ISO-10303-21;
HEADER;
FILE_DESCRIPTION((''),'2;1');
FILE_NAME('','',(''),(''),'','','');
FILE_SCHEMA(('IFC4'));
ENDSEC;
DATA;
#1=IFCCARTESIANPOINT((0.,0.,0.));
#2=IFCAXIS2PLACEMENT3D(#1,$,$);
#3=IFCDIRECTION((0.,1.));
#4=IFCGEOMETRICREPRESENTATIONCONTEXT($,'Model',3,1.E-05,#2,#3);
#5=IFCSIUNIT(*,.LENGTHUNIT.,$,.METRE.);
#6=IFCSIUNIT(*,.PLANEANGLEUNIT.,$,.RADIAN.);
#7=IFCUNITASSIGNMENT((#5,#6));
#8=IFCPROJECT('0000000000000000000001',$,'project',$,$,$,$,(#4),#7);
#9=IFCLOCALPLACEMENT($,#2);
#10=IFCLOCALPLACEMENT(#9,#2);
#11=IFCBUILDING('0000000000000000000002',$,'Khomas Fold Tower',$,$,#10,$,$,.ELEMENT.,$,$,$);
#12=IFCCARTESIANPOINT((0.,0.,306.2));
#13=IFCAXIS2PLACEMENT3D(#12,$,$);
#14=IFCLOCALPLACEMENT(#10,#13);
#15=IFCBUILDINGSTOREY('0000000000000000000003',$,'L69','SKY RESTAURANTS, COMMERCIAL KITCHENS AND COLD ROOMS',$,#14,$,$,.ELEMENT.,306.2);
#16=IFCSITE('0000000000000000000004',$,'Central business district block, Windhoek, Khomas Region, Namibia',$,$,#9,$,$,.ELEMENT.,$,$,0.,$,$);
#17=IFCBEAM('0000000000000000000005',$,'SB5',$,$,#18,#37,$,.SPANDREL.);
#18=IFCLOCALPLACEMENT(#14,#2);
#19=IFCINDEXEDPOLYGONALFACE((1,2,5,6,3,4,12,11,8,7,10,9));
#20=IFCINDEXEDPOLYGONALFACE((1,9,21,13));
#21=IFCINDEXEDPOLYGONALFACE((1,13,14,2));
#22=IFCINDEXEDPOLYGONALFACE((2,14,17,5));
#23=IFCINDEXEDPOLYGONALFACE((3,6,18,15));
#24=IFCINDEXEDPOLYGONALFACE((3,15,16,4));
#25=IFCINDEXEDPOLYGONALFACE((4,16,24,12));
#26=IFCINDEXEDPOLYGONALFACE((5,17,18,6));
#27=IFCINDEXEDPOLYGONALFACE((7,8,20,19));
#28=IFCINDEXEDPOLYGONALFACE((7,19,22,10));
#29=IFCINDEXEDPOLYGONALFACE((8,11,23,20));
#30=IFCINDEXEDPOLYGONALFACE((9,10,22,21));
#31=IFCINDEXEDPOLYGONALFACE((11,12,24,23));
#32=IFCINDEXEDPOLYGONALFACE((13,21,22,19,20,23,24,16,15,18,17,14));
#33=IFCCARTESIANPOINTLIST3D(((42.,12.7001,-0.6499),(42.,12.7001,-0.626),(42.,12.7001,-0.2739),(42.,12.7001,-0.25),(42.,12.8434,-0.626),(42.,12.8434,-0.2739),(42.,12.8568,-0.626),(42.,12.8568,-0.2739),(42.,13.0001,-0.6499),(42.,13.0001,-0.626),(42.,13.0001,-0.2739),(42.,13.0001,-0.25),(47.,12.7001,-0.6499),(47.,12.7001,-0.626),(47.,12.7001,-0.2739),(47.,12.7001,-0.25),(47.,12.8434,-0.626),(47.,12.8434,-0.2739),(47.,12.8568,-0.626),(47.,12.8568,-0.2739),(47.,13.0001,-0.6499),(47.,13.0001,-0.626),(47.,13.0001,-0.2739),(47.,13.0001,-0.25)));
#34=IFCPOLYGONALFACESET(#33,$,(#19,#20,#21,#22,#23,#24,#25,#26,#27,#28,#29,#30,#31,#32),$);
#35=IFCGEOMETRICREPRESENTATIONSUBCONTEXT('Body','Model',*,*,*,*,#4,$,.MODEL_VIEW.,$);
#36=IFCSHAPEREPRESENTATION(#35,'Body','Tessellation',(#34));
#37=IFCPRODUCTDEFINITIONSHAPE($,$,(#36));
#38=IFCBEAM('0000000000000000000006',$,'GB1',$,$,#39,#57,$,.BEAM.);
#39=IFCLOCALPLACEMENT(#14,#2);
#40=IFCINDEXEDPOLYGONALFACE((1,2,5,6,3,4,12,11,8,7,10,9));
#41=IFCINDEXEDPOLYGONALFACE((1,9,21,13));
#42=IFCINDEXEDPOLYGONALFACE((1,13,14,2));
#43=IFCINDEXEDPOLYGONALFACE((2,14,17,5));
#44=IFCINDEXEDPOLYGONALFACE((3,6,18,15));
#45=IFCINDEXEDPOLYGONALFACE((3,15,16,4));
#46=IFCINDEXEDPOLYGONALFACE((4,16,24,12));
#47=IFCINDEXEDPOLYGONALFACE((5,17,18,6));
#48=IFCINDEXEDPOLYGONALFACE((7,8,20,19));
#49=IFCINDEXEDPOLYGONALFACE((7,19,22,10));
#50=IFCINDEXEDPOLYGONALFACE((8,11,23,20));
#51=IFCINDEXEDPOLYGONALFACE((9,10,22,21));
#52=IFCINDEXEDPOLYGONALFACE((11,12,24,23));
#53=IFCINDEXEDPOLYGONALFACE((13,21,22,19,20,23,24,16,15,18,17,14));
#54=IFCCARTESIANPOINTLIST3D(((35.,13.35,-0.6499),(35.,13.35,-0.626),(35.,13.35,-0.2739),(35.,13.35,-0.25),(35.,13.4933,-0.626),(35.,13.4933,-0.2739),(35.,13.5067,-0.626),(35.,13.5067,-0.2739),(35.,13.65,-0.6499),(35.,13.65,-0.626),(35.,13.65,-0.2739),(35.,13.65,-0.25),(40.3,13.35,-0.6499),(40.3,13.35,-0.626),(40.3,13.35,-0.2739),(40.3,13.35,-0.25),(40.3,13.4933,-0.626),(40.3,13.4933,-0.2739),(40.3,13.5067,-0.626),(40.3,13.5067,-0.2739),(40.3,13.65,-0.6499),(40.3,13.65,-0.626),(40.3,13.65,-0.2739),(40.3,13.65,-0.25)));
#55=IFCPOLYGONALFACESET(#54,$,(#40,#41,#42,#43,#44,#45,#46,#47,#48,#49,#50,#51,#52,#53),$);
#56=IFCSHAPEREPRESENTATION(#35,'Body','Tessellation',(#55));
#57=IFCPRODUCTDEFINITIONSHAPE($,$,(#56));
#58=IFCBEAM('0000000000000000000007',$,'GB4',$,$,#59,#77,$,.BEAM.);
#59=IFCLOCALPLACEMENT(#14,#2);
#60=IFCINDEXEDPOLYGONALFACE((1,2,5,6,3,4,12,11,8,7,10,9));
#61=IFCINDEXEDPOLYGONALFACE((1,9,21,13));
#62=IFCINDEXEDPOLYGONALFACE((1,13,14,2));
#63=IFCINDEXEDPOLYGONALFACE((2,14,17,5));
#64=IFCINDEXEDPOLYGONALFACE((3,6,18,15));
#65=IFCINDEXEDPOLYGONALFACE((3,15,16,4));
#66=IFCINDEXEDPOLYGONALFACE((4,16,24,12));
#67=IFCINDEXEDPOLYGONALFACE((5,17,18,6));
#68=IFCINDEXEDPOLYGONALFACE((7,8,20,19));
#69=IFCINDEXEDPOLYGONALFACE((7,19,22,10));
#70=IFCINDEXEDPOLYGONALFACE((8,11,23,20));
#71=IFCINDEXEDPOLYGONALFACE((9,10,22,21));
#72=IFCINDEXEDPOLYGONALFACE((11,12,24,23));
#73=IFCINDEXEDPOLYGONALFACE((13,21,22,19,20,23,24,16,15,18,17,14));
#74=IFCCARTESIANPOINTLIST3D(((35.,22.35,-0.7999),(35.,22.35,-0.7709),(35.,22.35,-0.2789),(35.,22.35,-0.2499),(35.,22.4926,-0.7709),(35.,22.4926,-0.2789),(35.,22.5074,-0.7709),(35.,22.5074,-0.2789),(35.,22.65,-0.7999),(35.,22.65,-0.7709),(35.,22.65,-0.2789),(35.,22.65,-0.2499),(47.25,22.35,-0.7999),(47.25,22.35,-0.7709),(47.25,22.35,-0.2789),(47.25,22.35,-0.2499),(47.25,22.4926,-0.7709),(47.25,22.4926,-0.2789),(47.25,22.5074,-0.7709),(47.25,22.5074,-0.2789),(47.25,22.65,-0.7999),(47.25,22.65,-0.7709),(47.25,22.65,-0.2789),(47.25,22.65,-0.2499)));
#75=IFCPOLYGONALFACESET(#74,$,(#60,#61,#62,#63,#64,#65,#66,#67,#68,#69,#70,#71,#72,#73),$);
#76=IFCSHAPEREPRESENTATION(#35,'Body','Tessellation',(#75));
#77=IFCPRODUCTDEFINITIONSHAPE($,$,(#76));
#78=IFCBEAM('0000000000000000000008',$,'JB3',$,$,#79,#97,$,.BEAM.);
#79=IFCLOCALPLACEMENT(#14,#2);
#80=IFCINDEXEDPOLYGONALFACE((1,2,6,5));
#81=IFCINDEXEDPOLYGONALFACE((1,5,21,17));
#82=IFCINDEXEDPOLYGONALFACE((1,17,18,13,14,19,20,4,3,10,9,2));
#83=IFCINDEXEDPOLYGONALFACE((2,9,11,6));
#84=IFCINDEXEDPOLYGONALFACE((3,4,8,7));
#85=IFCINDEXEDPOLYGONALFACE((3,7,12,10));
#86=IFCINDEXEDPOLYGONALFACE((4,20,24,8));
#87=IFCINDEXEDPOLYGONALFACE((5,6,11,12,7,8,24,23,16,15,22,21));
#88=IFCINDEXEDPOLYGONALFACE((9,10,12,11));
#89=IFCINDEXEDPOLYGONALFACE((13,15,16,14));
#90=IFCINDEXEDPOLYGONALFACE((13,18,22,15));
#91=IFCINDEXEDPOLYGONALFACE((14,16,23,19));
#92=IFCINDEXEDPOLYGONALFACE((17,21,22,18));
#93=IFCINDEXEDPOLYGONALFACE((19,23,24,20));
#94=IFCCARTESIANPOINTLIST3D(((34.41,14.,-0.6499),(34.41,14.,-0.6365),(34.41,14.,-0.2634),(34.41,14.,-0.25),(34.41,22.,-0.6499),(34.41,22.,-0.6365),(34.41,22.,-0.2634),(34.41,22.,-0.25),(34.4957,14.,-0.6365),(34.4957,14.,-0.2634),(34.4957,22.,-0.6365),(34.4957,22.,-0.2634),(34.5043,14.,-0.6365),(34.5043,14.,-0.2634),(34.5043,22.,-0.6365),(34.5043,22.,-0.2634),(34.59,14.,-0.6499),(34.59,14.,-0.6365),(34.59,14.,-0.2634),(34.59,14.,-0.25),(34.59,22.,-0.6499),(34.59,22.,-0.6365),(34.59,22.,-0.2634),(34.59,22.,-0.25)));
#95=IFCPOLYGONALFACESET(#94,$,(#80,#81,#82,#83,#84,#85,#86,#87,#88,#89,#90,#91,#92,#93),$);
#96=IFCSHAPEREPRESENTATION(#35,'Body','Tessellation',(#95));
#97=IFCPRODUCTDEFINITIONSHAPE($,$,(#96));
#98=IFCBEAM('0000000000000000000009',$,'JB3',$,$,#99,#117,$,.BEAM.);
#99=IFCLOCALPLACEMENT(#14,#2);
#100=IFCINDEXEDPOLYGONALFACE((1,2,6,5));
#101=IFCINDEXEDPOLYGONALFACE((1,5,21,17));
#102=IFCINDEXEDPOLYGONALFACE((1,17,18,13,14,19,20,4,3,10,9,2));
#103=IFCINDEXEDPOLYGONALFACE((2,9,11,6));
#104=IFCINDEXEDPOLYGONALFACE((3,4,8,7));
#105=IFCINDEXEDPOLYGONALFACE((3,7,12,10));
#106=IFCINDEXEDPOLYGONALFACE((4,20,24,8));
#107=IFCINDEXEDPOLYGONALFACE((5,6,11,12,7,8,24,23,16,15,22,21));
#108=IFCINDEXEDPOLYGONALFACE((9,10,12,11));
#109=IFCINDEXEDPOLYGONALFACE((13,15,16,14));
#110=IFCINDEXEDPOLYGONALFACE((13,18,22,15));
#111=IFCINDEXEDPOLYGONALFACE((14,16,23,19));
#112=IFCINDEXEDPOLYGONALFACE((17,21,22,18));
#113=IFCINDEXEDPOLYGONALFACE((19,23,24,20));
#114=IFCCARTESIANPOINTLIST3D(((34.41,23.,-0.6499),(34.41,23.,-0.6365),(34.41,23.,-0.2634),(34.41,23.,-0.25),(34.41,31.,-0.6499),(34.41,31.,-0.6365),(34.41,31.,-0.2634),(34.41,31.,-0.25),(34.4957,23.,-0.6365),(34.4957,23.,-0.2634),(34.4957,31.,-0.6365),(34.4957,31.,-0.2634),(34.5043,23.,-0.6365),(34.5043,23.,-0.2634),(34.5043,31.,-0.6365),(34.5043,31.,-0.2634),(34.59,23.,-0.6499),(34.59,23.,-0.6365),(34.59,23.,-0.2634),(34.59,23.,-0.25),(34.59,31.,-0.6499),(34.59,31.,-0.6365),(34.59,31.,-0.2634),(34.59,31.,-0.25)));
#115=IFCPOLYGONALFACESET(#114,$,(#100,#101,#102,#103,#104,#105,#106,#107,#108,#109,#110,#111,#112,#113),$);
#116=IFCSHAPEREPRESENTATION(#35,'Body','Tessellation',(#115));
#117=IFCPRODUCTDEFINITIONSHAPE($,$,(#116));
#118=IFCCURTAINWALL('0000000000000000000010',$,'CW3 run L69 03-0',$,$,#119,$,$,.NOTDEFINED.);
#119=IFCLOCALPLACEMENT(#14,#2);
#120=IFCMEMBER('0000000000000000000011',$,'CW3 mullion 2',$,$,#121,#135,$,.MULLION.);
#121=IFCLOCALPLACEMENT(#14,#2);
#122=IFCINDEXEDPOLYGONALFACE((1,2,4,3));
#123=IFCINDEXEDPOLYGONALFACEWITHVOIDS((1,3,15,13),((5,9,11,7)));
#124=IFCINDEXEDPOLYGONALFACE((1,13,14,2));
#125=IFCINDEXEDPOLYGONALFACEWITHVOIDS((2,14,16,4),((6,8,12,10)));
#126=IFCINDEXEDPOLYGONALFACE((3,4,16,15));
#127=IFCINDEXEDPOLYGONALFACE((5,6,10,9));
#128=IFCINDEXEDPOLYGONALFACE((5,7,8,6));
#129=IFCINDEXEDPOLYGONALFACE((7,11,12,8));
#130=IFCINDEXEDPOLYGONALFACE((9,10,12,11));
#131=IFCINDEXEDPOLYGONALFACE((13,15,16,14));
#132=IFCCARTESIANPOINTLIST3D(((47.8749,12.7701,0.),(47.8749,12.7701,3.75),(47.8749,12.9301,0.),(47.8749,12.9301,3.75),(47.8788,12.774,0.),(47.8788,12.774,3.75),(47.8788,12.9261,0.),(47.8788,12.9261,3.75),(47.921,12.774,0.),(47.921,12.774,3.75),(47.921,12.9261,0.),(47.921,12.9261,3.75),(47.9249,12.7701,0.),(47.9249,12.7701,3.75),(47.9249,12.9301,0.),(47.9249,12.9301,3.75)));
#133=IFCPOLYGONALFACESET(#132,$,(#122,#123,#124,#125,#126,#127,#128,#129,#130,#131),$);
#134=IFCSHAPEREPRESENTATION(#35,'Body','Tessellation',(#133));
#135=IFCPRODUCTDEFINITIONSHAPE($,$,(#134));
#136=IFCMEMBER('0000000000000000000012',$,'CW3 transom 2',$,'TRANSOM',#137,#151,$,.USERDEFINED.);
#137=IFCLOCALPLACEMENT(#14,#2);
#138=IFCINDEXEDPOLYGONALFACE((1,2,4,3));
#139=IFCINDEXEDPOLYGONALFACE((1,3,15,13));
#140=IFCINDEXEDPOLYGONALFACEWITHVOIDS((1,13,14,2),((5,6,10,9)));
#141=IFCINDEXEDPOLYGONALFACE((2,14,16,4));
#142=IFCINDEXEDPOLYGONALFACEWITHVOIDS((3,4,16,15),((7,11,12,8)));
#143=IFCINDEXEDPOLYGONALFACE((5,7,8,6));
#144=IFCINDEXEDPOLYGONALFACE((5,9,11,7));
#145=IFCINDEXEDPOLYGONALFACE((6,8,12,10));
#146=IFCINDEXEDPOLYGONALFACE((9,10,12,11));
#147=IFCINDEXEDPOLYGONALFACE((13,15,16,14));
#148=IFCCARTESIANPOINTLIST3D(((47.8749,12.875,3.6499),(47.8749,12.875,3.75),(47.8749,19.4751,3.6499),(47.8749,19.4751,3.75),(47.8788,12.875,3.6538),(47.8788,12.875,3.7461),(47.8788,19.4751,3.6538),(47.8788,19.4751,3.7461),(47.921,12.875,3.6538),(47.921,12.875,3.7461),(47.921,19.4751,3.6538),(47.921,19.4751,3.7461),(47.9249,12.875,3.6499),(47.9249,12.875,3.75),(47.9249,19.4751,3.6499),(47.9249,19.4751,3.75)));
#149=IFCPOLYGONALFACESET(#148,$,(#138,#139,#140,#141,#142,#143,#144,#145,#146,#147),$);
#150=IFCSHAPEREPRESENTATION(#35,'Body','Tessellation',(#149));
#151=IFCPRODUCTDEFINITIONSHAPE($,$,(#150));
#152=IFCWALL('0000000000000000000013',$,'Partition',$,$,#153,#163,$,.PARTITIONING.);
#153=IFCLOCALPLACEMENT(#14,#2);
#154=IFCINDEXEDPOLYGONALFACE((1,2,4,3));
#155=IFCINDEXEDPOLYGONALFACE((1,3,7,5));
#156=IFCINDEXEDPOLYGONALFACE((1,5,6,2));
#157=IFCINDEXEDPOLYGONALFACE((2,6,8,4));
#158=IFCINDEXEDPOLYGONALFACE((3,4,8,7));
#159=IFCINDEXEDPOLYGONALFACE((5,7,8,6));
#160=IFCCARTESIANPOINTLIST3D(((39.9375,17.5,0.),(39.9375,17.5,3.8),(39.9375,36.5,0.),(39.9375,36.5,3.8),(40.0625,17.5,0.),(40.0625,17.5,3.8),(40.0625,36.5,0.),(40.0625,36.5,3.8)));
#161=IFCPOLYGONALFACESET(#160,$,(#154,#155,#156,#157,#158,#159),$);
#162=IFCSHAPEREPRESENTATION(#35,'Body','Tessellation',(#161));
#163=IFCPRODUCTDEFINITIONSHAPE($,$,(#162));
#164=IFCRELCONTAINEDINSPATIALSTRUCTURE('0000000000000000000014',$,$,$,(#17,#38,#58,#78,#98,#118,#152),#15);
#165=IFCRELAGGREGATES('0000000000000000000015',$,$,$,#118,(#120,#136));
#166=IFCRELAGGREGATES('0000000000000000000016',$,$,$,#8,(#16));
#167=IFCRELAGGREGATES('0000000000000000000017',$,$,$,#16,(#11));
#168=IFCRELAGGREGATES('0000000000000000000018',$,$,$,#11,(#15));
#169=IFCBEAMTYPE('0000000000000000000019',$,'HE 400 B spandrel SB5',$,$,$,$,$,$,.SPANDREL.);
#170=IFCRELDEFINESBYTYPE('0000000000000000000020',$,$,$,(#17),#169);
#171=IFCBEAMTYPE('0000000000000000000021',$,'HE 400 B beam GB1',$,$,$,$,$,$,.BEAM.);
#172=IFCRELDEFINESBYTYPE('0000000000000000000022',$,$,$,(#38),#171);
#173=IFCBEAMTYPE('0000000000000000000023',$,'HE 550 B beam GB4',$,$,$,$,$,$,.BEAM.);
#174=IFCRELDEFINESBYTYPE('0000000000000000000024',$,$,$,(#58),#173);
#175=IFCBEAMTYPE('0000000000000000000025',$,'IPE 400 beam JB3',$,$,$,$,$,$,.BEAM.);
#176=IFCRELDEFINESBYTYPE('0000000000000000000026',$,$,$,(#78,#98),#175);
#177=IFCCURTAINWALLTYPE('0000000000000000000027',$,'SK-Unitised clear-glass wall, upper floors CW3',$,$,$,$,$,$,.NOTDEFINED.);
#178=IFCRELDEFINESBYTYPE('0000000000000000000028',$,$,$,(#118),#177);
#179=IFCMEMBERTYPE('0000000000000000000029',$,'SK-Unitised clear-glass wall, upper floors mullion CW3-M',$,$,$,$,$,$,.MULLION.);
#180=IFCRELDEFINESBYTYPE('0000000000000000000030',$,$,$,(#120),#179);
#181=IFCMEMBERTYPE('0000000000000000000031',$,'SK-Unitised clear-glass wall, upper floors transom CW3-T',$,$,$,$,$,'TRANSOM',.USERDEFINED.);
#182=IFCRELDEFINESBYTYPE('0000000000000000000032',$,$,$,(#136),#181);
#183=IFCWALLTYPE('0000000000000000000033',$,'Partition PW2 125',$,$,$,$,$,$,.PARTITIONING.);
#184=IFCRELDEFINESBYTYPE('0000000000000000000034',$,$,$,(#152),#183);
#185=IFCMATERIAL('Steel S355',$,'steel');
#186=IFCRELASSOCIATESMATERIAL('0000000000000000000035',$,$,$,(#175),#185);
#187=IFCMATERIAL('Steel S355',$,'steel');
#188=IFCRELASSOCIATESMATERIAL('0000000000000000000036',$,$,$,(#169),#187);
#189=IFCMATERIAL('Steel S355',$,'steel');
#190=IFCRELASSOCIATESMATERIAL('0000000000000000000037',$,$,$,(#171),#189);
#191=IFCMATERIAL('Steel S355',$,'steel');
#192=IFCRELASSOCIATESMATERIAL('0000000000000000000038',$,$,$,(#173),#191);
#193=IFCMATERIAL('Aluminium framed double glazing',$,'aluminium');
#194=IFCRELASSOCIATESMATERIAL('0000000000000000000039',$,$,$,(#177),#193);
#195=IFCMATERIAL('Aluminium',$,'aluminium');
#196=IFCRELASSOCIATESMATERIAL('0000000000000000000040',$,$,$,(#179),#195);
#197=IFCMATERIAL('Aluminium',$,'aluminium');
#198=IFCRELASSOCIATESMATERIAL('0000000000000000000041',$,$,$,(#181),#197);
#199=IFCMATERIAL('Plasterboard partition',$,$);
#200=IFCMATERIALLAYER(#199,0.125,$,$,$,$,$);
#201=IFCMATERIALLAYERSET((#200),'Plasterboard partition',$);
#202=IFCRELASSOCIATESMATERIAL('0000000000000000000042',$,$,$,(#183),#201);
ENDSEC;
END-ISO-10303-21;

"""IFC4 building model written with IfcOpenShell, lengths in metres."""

from ifc_helpers import new_model, si_unit, direction, frame, frame_2d, origin, origin_2d, place, context, subcontext, project, spatial, rectangle, hollow_rectangle, i_section, extrude, source, transform, mapped, material, layer, layer_set, material_profile, profile_set, type_object, element, aggregate, save


model = new_model("IFC4")

# Units and contexts
model_context = context("Model", 3, precision=1e-05, world=origin(), true_north=direction((0.0, 1.0)))
body_context = subcontext(model_context, "Body", "Model", "MODEL_VIEW")
ifc_project = project(units=[si_unit("LENGTHUNIT", "METRE"), si_unit("PLANEANGLEUNIT", "RADIAN")], contexts=[model_context])

# Site, building, storey
site_placement = place(None, origin())
site = spatial("IfcSite", under=ifc_project, at=site_placement, Name="Central business district block, Windhoek, Khomas Region, Namibia", CompositionType="ELEMENT", RefElevation=0.0)
building_placement = place(site_placement, origin())
building = spatial("IfcBuilding", under=site, at=building_placement, Name="Khomas Fold Tower", CompositionType="ELEMENT")
storey_placement = place(building_placement, frame((0.0, 0.0, 306.2)))
storey = spatial("IfcBuildingStorey", under=building, at=storey_placement, Name="L69", Description="SKY RESTAURANTS, COMMERCIAL KITCHENS AND COLD ROOMS", CompositionType="ELEMENT", Elevation=306.2)

# Beams
ifc_material_1 = material(Name="Steel S355", Category="steel")
ifc_material_profile_1 = material_profile(ifc_material_1, i_section(OverallWidth=0.1799, OverallDepth=0.3999, WebThickness=0.0085, FlangeThickness=0.0134, at=origin_2d()), Name="IPE 400")
ifc_profile_set_1 = profile_set([ifc_material_profile_1], Name="Steel S355")
beam_type_1 = type_object("IfcBeamType", Name="IPE 400 beam JB3", PredefinedType="BEAM", material=ifc_profile_set_1)
ifc_material_2 = material(Name="Steel S355", Category="steel")
ifc_material_profile_2 = material_profile(ifc_material_2, i_section(OverallWidth=0.3, OverallDepth=0.3999, WebThickness=0.0134, FlangeThickness=0.0239, at=origin_2d()), Name="HE 400 B")
ifc_profile_set_2 = profile_set([ifc_material_profile_2], Name="Steel S355")
beam_type_2 = type_object("IfcBeamType", Name="HE 400 B spandrel SB5", PredefinedType="SPANDREL", material=ifc_profile_set_2)
shared_shape_1 = source(origin(), body_context, "Body", "SweptSolid", [
    extrude(i_section(OverallWidth=0.3, OverallDepth=0.3999, WebThickness=0.0134, FlangeThickness=0.0239, at=origin_2d()), origin(), (0.0, 0.0, 1.0), 5.0),
])
beam_1_placement = place(storey_placement, frame((42.0, 12.8501, -0.45), z_axis=(1.0, 0.0, 0.0), x_axis=(0.0, 1.0, 0.0)))
element("IfcBeam", 1, at=beam_1_placement, inside=storey, type_object=beam_type_2, Name="SB5", PredefinedType="SPANDREL", context=body_context, shape_type="MappedRepresentation", body=[
    mapped(shared_shape_1, transform((0.0, 0.0, 0.0))),
])
ifc_material_3 = material(Name="Steel S355", Category="steel")
ifc_material_profile_3 = material_profile(ifc_material_3, i_section(OverallWidth=0.3, OverallDepth=0.3999, WebThickness=0.0134, FlangeThickness=0.0239, at=origin_2d()), Name="HE 400 B")
ifc_profile_set_3 = profile_set([ifc_material_profile_3], Name="Steel S355")
beam_type_3 = type_object("IfcBeamType", Name="HE 400 B beam GB1", PredefinedType="BEAM", material=ifc_profile_set_3)
shared_shape_2 = source(origin(), body_context, "Body", "SweptSolid", [
    extrude(i_section(OverallWidth=0.3, OverallDepth=0.3999, WebThickness=0.0134, FlangeThickness=0.0239, at=origin_2d()), origin(), (0.0, 0.0, 1.0), 5.3),
])
beam_2_placement = place(storey_placement, frame((35.0, 13.5, -0.45), z_axis=(1.0, 0.0, 0.0), x_axis=(0.0, 1.0, 0.0)))
element("IfcBeam", 2, at=beam_2_placement, inside=storey, type_object=beam_type_3, Name="GB1", PredefinedType="BEAM", context=body_context, shape_type="MappedRepresentation", body=[
    mapped(shared_shape_2, transform((0.0, 0.0, 0.0))),
])
ifc_material_4 = material(Name="Steel S355", Category="steel")
ifc_material_profile_4 = material_profile(ifc_material_4, i_section(OverallWidth=0.3, OverallDepth=0.55, WebThickness=0.0149, FlangeThickness=0.0291, at=origin_2d()), Name="HE 550 B")
ifc_profile_set_4 = profile_set([ifc_material_profile_4], Name="Steel S355")
beam_type_4 = type_object("IfcBeamType", Name="HE 550 B beam GB4", PredefinedType="BEAM", material=ifc_profile_set_4)
shared_shape_3 = source(origin(), body_context, "Body", "SweptSolid", [
    extrude(i_section(OverallWidth=0.3, OverallDepth=0.55, WebThickness=0.0149, FlangeThickness=0.0291, at=origin_2d()), origin(), (0.0, 0.0, 1.0), 12.25),
])
beam_3_placement = place(storey_placement, frame((35.0, 22.5, -0.5249), z_axis=(1.0, 0.0, 0.0), x_axis=(0.0, 1.0, 0.0)))
element("IfcBeam", 3, at=beam_3_placement, inside=storey, type_object=beam_type_4, Name="GB4", PredefinedType="BEAM", context=body_context, shape_type="MappedRepresentation", body=[
    mapped(shared_shape_3, transform((0.0, 0.0, 0.0))),
])
shared_shape_4 = source(origin(), body_context, "Body", "SweptSolid", [
    extrude(i_section(OverallWidth=0.1799, OverallDepth=0.3999, WebThickness=0.0085, FlangeThickness=0.0134, at=origin_2d()), origin(), (0.0, 0.0, 1.0), 8.0),
])
for number, where, z_axis, x_axis, name in (
    (4, (34.5, 14.0, -0.45), (0.0, 1.0, 0.0), (-1.0, 0.0, 0.0), "JB3"),
    (5, (34.5, 23.0, -0.45), (0.0, 1.0, 0.0), (-1.0, 0.0, 0.0), "JB3"),
):
    element("IfcBeam", number, at=place(storey_placement, frame(where, z_axis=z_axis, x_axis=x_axis)), inside=storey, type_object=beam_type_1, Name=name, PredefinedType="BEAM", context=body_context, shape_type="MappedRepresentation", body=[
        mapped(shared_shape_4, transform((0.0, 0.0, 0.0))),
    ])

# Curtain wall, members
ifc_material_5 = material(Name="Aluminium framed double glazing", Category="aluminium")
curtain_wall_type = type_object("IfcCurtainWallType", Name="SK-Unitised clear-glass wall, upper floors CW3", PredefinedType="NOTDEFINED", material=ifc_material_5)
curtain_wall_placement = place(storey_placement, origin())
curtain_wall = element("IfcCurtainWall", 6, at=curtain_wall_placement, inside=storey, type_object=curtain_wall_type, Name="CW3 run L69 03-0", PredefinedType="NOTDEFINED")
ifc_material_6 = material(Name="Aluminium", Category="aluminium")
ifc_material_profile_5 = material_profile(ifc_material_6, hollow_rectangle(XDim=0.05, YDim=0.1599, WallThickness=0.0039, at=origin_2d()), Name="SK-Unitised clear-glass wall, upper floors mullion CW3-M")
ifc_profile_set_5 = profile_set([ifc_material_profile_5], Name="Aluminium")
member_type_1 = type_object("IfcMemberType", Name="SK-Unitised clear-glass wall, upper floors mullion CW3-M", PredefinedType="MULLION", material=ifc_profile_set_5)
shared_shape_5 = source(origin(), body_context, "Body", "SweptSolid", [
    extrude(hollow_rectangle(XDim=0.05, YDim=0.1599, WallThickness=0.0039, at=origin_2d()), origin(), (0.0, 0.0, 1.0), 3.75),
])
member_1_placement = place(storey_placement, frame((47.8999, 12.8501, 0.0), z_axis=(0.0, 0.0, 1.0), x_axis=(-1.0, 0.0, 0.0)))
member_1 = element("IfcMember", 7, at=member_1_placement, type_object=member_type_1, Name="CW3 mullion 2", PredefinedType="MULLION", context=body_context, shape_type="MappedRepresentation", body=[
    mapped(shared_shape_5, transform((0.0, 0.0, 0.0))),
])
ifc_material_7 = material(Name="Aluminium", Category="aluminium")
ifc_material_profile_6 = material_profile(ifc_material_7, hollow_rectangle(XDim=0.05, YDim=0.1001, WallThickness=0.0039, at=origin_2d()), Name="SK-Unitised clear-glass wall, upper floors transom CW3-T")
ifc_profile_set_6 = profile_set([ifc_material_profile_6], Name="Aluminium")
member_type_2 = type_object("IfcMemberType", Name="SK-Unitised clear-glass wall, upper floors transom CW3-T", ElementType="TRANSOM", PredefinedType="USERDEFINED", material=ifc_profile_set_6)
shared_shape_6 = source(origin(), body_context, "Body", "SweptSolid", [
    extrude(hollow_rectangle(XDim=0.05, YDim=0.1001, WallThickness=0.0039, at=origin_2d()), origin(), (0.0, 0.0, 1.0), 6.6001),
])
member_2_placement = place(storey_placement, frame((47.8999, 12.875, 3.7), z_axis=(0.0, 1.0, 0.0), x_axis=(-1.0, 0.0, 0.0)))
member_2 = element("IfcMember", 8, at=member_2_placement, type_object=member_type_2, Name="CW3 transom 2", ObjectType="TRANSOM", PredefinedType="USERDEFINED", context=body_context, shape_type="MappedRepresentation", body=[
    mapped(shared_shape_6, transform((0.0, 0.0, 0.0))),
])
aggregate(curtain_wall, [member_1, member_2])

# Wall
ifc_material_8 = material(Name="Plasterboard partition")
ifc_layer_1 = layer(ifc_material_8, 0.125)
ifc_layer_set_1 = layer_set([ifc_layer_1], Name="Plasterboard partition")
wall_type_1 = type_object("IfcWallType", Name="Partition PW2 125", PredefinedType="PARTITIONING", material=ifc_layer_set_1)
shared_shape_7 = source(origin(), body_context, "Body", "SweptSolid", [
    extrude(rectangle(XDim=19.0, YDim=0.125, at=frame_2d((9.5, 0.0))), origin(), (0.0, 0.0, 1.0), 3.8),
])
wall_1_placement = place(storey_placement, frame((40.0, 17.5, 0.0), z_axis=(0.0, 0.0, 1.0), x_axis=(0.0, 1.0, 0.0)))
element("IfcWall", 9, at=wall_1_placement, inside=storey, type_object=wall_type_1, Name="Partition", PredefinedType="PARTITIONING", context=body_context, shape_type="MappedRepresentation", body=[
    mapped(shared_shape_7, transform((0.0, 0.0, 0.0))),
])

save(model, "model.ifc")
